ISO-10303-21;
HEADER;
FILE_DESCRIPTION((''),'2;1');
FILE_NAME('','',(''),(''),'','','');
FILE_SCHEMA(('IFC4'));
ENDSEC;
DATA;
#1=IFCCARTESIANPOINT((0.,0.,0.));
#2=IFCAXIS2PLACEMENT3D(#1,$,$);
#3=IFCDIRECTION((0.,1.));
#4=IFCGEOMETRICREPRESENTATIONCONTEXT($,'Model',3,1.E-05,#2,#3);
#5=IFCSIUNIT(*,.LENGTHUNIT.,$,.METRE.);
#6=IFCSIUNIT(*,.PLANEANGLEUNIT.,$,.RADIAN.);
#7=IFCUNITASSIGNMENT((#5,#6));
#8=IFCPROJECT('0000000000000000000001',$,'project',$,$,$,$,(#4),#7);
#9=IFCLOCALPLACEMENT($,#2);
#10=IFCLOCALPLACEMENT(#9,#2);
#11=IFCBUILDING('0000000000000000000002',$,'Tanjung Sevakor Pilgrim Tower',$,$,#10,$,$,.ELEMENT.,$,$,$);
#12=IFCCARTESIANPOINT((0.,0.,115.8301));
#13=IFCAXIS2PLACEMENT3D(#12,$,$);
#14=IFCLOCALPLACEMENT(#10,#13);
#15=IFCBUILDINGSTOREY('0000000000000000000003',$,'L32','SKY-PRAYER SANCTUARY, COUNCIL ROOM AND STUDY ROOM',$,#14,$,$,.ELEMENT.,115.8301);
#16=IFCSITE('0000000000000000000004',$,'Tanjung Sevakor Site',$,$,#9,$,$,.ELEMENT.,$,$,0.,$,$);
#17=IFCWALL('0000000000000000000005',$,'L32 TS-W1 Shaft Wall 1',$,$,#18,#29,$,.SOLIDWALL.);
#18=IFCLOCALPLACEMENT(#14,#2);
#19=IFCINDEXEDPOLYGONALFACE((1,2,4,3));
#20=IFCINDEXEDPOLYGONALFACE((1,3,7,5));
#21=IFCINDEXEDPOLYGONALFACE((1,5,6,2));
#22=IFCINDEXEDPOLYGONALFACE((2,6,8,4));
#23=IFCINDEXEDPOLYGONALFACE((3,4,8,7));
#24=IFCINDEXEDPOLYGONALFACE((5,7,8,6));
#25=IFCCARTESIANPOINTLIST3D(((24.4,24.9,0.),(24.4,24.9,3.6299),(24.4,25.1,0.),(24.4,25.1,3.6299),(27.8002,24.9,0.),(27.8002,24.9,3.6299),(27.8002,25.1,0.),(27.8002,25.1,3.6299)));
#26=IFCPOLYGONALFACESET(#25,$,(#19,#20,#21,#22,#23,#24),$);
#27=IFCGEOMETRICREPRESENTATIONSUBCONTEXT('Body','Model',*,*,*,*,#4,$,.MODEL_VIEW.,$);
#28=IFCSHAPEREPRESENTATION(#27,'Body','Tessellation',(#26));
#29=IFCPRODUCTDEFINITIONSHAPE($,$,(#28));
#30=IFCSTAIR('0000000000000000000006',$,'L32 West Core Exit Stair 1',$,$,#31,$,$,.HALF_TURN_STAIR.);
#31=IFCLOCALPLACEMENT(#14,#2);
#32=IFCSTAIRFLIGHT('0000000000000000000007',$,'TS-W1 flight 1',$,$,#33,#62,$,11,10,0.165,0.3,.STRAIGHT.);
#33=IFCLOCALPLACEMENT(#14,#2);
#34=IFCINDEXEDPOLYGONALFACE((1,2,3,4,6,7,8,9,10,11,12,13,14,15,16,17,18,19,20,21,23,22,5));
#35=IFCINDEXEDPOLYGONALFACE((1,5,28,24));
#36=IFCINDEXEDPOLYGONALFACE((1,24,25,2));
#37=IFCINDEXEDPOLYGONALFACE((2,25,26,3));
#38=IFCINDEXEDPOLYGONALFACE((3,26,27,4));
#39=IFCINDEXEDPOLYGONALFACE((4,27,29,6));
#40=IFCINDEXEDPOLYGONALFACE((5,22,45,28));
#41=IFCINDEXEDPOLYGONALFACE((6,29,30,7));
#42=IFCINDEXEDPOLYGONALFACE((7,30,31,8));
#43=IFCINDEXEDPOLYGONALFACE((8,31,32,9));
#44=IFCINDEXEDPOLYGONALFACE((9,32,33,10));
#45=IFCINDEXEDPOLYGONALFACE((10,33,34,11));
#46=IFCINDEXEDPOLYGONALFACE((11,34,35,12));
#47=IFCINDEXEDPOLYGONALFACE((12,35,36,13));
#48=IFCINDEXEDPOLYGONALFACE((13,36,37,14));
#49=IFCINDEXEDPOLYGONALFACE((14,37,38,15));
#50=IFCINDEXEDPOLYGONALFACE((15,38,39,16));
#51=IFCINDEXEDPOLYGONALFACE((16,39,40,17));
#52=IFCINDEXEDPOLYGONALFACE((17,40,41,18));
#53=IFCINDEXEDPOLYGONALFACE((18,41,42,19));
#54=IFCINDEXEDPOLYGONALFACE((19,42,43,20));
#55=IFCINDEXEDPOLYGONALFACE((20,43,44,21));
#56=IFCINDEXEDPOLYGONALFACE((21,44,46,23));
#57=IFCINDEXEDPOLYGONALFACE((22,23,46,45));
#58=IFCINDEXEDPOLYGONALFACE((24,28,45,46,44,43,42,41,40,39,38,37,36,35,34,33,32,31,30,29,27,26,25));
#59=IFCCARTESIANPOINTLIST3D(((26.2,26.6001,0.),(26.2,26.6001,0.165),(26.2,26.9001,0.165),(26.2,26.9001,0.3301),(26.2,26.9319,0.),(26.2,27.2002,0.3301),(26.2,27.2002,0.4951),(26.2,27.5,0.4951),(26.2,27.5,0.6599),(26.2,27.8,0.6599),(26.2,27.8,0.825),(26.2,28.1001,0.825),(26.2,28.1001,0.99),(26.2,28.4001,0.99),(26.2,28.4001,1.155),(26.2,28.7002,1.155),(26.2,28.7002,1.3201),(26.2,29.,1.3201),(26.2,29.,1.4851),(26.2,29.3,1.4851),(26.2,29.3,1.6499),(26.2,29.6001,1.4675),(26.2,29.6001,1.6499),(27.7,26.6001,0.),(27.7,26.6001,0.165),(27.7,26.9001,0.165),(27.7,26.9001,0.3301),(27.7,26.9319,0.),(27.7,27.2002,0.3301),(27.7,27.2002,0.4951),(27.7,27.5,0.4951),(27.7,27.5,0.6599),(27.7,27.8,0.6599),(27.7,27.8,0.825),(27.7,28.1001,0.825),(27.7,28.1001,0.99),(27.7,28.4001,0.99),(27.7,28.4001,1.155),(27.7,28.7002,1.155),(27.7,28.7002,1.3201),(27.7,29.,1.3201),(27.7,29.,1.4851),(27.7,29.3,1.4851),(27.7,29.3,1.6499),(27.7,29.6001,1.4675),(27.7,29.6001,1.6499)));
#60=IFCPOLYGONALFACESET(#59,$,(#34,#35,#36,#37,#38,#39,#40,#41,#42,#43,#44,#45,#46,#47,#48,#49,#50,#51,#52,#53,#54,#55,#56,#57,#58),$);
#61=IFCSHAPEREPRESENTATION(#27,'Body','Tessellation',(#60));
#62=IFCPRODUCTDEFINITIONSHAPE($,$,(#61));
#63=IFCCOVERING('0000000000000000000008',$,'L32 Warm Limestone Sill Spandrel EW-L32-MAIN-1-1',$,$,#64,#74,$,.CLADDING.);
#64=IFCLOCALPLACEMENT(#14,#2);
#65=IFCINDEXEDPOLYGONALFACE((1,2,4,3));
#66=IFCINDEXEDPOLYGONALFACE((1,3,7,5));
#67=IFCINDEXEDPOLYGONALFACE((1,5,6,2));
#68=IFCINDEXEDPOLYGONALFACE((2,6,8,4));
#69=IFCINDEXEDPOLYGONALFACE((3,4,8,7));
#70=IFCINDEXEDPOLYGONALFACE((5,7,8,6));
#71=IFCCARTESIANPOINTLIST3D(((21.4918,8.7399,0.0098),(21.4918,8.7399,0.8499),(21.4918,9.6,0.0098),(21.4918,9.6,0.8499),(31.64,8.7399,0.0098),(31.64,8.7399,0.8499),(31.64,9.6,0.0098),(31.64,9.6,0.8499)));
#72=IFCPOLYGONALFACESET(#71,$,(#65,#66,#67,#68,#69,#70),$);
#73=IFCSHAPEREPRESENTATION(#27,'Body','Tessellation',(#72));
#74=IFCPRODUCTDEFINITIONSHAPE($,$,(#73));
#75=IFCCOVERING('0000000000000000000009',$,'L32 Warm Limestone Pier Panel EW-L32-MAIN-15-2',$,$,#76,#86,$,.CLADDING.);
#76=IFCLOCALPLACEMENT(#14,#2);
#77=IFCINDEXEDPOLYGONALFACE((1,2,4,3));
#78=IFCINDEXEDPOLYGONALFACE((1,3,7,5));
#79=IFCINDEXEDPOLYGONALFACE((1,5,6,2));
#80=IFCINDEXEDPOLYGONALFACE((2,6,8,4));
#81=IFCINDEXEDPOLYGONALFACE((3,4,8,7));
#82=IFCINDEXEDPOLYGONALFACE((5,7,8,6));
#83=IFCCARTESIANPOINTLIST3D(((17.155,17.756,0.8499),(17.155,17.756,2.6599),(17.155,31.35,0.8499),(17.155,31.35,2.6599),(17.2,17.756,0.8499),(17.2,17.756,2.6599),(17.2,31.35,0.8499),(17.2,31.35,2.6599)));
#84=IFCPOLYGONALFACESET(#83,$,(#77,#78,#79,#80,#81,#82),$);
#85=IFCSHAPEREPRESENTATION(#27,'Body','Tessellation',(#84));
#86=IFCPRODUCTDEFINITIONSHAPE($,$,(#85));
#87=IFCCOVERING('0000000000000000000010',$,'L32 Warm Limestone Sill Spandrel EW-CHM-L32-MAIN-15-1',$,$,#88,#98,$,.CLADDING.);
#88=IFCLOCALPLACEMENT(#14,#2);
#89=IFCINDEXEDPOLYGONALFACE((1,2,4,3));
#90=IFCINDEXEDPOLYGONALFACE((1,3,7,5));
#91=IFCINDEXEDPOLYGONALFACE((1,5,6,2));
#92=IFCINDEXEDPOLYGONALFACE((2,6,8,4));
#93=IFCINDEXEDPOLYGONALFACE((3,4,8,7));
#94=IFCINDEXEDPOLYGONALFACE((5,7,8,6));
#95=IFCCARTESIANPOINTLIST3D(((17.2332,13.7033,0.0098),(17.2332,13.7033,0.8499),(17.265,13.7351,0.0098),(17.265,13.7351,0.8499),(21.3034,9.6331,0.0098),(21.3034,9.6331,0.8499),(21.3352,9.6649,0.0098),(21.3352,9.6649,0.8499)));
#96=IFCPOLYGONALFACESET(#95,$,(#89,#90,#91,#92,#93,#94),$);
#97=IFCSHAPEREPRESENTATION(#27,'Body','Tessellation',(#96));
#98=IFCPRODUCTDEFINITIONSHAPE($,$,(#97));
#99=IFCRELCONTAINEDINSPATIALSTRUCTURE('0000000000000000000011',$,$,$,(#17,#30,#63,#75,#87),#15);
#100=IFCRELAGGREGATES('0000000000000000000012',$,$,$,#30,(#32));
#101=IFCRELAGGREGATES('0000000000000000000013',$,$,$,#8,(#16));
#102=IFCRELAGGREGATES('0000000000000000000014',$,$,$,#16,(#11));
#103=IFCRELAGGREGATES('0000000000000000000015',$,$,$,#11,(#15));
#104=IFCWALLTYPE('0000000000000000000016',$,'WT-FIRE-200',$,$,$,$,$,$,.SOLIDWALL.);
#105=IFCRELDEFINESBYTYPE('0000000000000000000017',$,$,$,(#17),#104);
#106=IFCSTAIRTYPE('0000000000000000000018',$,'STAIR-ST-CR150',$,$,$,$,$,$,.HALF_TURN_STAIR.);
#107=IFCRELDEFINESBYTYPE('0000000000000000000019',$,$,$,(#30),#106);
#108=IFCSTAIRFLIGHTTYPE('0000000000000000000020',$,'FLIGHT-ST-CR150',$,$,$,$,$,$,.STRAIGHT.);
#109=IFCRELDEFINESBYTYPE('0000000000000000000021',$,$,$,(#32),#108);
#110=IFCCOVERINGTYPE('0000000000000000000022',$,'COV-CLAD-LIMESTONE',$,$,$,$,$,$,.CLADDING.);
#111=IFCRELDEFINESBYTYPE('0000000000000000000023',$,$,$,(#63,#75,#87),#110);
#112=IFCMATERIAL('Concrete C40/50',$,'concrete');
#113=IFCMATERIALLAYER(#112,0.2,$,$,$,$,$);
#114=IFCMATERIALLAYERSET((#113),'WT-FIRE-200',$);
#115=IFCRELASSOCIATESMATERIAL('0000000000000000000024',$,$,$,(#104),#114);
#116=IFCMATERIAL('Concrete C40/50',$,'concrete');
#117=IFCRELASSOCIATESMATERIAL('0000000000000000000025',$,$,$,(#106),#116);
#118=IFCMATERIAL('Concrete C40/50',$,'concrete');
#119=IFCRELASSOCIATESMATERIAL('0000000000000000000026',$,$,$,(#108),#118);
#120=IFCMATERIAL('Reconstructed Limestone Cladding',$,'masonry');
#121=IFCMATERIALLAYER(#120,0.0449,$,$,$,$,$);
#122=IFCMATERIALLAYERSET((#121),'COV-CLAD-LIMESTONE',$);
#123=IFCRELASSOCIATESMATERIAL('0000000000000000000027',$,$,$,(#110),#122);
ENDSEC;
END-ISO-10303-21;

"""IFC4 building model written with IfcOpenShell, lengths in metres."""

from ifc_helpers import new_model, si_unit, direction, frame, frame_2d, origin, origin_2d, place, context, subcontext, project, spatial, polyline, rectangle, outline, extrude, material, layer, layer_set, type_object, element, aggregate, save


model = new_model("IFC4")

# Units and contexts
model_context = context("Model", 3, precision=1e-05, world=origin(), true_north=direction((0.0, 1.0)))
body_context = subcontext(model_context, "Body", "Model", "MODEL_VIEW")
ifc_project = project(units=[si_unit("LENGTHUNIT", "METRE"), si_unit("PLANEANGLEUNIT", "RADIAN")], contexts=[model_context])

# Site, building, storey
site_placement = place(None, origin())
site = spatial("IfcSite", under=ifc_project, at=site_placement, Name="Tanjung Sevakor Site", CompositionType="ELEMENT", RefElevation=0.0)
building_placement = place(site_placement, origin())
building = spatial("IfcBuilding", under=site, at=building_placement, Name="Tanjung Sevakor Pilgrim Tower", CompositionType="ELEMENT")
storey_placement = place(building_placement, frame((0.0, 0.0, 115.8301)))
storey = spatial("IfcBuildingStorey", under=building, at=storey_placement, Name="L32", Description="SKY-PRAYER SANCTUARY, COUNCIL ROOM AND STUDY ROOM", CompositionType="ELEMENT", Elevation=115.8301)

# Wall
ifc_material_1 = material(Name="Concrete C40/50", Category="concrete")
ifc_layer_1 = layer(ifc_material_1, 0.2)
ifc_layer_set_1 = layer_set([ifc_layer_1], Name="WT-FIRE-200")
wall_type_1 = type_object("IfcWallType", Name="WT-FIRE-200", PredefinedType="SOLIDWALL", material=ifc_layer_set_1)
wall_1_placement = place(storey_placement, frame((24.3999, 25.0, 0.0), z_axis=(0.0, 0.0, 1.0), x_axis=(1.0, 0.0, 0.0)))
element("IfcWall", 1, at=wall_1_placement, inside=storey, type_object=wall_type_1, Name="L32 TS-W1 Shaft Wall 1", PredefinedType="SOLIDWALL", context=body_context, shape_type="SweptSolid", body=[
    extrude(rectangle(XDim=3.4001, YDim=0.2, at=frame_2d((1.7002, 0.0))), origin(), (0.0, 0.0, 1.0), 3.6299),
])

# Stair, stair flight
ifc_material_2 = material(Name="Concrete C40/50", Category="concrete")
stair_type = type_object("IfcStairType", Name="STAIR-ST-CR150", PredefinedType="HALF_TURN_STAIR", material=ifc_material_2)
stair_placement = place(storey_placement, origin())
stair = element("IfcStair", 2, at=stair_placement, inside=storey, type_object=stair_type, Name="L32 West Core Exit Stair 1", PredefinedType="HALF_TURN_STAIR")
ifc_material_3 = material(Name="Concrete C40/50", Category="concrete")
stair_flight_type = type_object("IfcStairFlightType", Name="FLIGHT-ST-CR150", PredefinedType="STRAIGHT", material=ifc_material_3)
stair_flight_placement = place(storey_placement, frame((26.95, 26.6001, 0.0), z_axis=(0.0, 0.0, 1.0), x_axis=(0.0, 1.0, 0.0)))
stair_flight = element("IfcStairFlight", 3, at=stair_flight_placement, type_object=stair_flight_type, Name="TS-W1 flight 1", NumberOfRisers=11, NumberOfTreads=10, PredefinedType="STRAIGHT", RiserHeight=0.165, TreadLength=0.3, context=body_context, shape_type="SweptSolid", body=[
    extrude(outline(polyline([(0.0, 0.0), (0.0, 0.165), (0.3, 0.165), (0.3, 0.3301), (0.6001, 0.3301), (0.6001, 0.4951), (0.8999, 0.4951), (0.8999, 0.6599), (1.2, 0.6599), (1.2, 0.825), (1.5, 0.825), (1.5, 0.99), (1.8, 0.99), (1.8, 1.155), (2.1001, 1.155), (2.1001, 1.3201), (2.3999, 1.3201), (2.3999, 1.4851), (2.7, 1.4851), (2.7, 1.6499), (3.0, 1.6499), (3.0, 1.8149), (3.0, 1.4675), (0.3318, 0.0), (0.0, 0.0)])), frame((0.0, 0.75, 0.0), z_axis=(0.0, -1.0, 0.0), x_axis=(1.0, 0.0, 0.0)), (0.0, 0.0, 1.0), 1.5),
])
aggregate(stair, [stair_flight])

# Coverings
ifc_material_4 = material(Name="Reconstructed Limestone Cladding", Category="masonry")
ifc_layer_2 = layer(ifc_material_4, 0.0449)
ifc_layer_set_2 = layer_set([ifc_layer_2], Name="COV-CLAD-LIMESTONE")
covering_type = type_object("IfcCoveringType", Name="COV-CLAD-LIMESTONE", PredefinedType="CLADDING", material=ifc_layer_set_2)
covering_1_placement = place(storey_placement, frame((26.5659, 9.1699, 0.0098), z_axis=(0.0, 0.0, 1.0), x_axis=(1.0, 0.0, 0.0)))
element("IfcCovering", 4, at=covering_1_placement, inside=storey, type_object=covering_type, Name="L32 Warm Limestone Sill Spandrel EW-L32-MAIN-1-1", PredefinedType="CLADDING", context=body_context, shape_type="SweptSolid", body=[
    extrude(rectangle(XDim=10.1482, YDim=0.8601, at=origin_2d()), origin(), (0.0, 0.0, 1.0), 0.8401),
])
covering_2_placement = place(storey_placement, frame((17.1775, 24.553, 0.8499), z_axis=(0.0, 0.0, 1.0), x_axis=(0.0, -1.0, 0.0)))
element("IfcCovering", 5, at=covering_2_placement, inside=storey, type_object=covering_type, Name="L32 Warm Limestone Pier Panel EW-L32-MAIN-15-2", PredefinedType="CLADDING", context=body_context, shape_type="SweptSolid", body=[
    extrude(rectangle(XDim=13.594, YDim=0.0449, at=origin_2d()), origin(), (0.0, 0.0, 1.0), 1.8101),
])
covering_3_placement = place(storey_placement, frame((19.2842, 11.6841, 0.0098), z_axis=(0.0, 0.0, 1.0), x_axis=(0.707107, -0.707107, 0.0)))
element("IfcCovering", 6, at=covering_3_placement, inside=storey, type_object=covering_type, Name="L32 Warm Limestone Sill Spandrel EW-CHM-L32-MAIN-15-1", PredefinedType="CLADDING", context=body_context, shape_type="SweptSolid", body=[
    extrude(rectangle(XDim=5.7561, YDim=0.0449, at=origin_2d()), origin(), (0.0, 0.0, 1.0), 0.8401),
])

save(model, "model.ifc")
